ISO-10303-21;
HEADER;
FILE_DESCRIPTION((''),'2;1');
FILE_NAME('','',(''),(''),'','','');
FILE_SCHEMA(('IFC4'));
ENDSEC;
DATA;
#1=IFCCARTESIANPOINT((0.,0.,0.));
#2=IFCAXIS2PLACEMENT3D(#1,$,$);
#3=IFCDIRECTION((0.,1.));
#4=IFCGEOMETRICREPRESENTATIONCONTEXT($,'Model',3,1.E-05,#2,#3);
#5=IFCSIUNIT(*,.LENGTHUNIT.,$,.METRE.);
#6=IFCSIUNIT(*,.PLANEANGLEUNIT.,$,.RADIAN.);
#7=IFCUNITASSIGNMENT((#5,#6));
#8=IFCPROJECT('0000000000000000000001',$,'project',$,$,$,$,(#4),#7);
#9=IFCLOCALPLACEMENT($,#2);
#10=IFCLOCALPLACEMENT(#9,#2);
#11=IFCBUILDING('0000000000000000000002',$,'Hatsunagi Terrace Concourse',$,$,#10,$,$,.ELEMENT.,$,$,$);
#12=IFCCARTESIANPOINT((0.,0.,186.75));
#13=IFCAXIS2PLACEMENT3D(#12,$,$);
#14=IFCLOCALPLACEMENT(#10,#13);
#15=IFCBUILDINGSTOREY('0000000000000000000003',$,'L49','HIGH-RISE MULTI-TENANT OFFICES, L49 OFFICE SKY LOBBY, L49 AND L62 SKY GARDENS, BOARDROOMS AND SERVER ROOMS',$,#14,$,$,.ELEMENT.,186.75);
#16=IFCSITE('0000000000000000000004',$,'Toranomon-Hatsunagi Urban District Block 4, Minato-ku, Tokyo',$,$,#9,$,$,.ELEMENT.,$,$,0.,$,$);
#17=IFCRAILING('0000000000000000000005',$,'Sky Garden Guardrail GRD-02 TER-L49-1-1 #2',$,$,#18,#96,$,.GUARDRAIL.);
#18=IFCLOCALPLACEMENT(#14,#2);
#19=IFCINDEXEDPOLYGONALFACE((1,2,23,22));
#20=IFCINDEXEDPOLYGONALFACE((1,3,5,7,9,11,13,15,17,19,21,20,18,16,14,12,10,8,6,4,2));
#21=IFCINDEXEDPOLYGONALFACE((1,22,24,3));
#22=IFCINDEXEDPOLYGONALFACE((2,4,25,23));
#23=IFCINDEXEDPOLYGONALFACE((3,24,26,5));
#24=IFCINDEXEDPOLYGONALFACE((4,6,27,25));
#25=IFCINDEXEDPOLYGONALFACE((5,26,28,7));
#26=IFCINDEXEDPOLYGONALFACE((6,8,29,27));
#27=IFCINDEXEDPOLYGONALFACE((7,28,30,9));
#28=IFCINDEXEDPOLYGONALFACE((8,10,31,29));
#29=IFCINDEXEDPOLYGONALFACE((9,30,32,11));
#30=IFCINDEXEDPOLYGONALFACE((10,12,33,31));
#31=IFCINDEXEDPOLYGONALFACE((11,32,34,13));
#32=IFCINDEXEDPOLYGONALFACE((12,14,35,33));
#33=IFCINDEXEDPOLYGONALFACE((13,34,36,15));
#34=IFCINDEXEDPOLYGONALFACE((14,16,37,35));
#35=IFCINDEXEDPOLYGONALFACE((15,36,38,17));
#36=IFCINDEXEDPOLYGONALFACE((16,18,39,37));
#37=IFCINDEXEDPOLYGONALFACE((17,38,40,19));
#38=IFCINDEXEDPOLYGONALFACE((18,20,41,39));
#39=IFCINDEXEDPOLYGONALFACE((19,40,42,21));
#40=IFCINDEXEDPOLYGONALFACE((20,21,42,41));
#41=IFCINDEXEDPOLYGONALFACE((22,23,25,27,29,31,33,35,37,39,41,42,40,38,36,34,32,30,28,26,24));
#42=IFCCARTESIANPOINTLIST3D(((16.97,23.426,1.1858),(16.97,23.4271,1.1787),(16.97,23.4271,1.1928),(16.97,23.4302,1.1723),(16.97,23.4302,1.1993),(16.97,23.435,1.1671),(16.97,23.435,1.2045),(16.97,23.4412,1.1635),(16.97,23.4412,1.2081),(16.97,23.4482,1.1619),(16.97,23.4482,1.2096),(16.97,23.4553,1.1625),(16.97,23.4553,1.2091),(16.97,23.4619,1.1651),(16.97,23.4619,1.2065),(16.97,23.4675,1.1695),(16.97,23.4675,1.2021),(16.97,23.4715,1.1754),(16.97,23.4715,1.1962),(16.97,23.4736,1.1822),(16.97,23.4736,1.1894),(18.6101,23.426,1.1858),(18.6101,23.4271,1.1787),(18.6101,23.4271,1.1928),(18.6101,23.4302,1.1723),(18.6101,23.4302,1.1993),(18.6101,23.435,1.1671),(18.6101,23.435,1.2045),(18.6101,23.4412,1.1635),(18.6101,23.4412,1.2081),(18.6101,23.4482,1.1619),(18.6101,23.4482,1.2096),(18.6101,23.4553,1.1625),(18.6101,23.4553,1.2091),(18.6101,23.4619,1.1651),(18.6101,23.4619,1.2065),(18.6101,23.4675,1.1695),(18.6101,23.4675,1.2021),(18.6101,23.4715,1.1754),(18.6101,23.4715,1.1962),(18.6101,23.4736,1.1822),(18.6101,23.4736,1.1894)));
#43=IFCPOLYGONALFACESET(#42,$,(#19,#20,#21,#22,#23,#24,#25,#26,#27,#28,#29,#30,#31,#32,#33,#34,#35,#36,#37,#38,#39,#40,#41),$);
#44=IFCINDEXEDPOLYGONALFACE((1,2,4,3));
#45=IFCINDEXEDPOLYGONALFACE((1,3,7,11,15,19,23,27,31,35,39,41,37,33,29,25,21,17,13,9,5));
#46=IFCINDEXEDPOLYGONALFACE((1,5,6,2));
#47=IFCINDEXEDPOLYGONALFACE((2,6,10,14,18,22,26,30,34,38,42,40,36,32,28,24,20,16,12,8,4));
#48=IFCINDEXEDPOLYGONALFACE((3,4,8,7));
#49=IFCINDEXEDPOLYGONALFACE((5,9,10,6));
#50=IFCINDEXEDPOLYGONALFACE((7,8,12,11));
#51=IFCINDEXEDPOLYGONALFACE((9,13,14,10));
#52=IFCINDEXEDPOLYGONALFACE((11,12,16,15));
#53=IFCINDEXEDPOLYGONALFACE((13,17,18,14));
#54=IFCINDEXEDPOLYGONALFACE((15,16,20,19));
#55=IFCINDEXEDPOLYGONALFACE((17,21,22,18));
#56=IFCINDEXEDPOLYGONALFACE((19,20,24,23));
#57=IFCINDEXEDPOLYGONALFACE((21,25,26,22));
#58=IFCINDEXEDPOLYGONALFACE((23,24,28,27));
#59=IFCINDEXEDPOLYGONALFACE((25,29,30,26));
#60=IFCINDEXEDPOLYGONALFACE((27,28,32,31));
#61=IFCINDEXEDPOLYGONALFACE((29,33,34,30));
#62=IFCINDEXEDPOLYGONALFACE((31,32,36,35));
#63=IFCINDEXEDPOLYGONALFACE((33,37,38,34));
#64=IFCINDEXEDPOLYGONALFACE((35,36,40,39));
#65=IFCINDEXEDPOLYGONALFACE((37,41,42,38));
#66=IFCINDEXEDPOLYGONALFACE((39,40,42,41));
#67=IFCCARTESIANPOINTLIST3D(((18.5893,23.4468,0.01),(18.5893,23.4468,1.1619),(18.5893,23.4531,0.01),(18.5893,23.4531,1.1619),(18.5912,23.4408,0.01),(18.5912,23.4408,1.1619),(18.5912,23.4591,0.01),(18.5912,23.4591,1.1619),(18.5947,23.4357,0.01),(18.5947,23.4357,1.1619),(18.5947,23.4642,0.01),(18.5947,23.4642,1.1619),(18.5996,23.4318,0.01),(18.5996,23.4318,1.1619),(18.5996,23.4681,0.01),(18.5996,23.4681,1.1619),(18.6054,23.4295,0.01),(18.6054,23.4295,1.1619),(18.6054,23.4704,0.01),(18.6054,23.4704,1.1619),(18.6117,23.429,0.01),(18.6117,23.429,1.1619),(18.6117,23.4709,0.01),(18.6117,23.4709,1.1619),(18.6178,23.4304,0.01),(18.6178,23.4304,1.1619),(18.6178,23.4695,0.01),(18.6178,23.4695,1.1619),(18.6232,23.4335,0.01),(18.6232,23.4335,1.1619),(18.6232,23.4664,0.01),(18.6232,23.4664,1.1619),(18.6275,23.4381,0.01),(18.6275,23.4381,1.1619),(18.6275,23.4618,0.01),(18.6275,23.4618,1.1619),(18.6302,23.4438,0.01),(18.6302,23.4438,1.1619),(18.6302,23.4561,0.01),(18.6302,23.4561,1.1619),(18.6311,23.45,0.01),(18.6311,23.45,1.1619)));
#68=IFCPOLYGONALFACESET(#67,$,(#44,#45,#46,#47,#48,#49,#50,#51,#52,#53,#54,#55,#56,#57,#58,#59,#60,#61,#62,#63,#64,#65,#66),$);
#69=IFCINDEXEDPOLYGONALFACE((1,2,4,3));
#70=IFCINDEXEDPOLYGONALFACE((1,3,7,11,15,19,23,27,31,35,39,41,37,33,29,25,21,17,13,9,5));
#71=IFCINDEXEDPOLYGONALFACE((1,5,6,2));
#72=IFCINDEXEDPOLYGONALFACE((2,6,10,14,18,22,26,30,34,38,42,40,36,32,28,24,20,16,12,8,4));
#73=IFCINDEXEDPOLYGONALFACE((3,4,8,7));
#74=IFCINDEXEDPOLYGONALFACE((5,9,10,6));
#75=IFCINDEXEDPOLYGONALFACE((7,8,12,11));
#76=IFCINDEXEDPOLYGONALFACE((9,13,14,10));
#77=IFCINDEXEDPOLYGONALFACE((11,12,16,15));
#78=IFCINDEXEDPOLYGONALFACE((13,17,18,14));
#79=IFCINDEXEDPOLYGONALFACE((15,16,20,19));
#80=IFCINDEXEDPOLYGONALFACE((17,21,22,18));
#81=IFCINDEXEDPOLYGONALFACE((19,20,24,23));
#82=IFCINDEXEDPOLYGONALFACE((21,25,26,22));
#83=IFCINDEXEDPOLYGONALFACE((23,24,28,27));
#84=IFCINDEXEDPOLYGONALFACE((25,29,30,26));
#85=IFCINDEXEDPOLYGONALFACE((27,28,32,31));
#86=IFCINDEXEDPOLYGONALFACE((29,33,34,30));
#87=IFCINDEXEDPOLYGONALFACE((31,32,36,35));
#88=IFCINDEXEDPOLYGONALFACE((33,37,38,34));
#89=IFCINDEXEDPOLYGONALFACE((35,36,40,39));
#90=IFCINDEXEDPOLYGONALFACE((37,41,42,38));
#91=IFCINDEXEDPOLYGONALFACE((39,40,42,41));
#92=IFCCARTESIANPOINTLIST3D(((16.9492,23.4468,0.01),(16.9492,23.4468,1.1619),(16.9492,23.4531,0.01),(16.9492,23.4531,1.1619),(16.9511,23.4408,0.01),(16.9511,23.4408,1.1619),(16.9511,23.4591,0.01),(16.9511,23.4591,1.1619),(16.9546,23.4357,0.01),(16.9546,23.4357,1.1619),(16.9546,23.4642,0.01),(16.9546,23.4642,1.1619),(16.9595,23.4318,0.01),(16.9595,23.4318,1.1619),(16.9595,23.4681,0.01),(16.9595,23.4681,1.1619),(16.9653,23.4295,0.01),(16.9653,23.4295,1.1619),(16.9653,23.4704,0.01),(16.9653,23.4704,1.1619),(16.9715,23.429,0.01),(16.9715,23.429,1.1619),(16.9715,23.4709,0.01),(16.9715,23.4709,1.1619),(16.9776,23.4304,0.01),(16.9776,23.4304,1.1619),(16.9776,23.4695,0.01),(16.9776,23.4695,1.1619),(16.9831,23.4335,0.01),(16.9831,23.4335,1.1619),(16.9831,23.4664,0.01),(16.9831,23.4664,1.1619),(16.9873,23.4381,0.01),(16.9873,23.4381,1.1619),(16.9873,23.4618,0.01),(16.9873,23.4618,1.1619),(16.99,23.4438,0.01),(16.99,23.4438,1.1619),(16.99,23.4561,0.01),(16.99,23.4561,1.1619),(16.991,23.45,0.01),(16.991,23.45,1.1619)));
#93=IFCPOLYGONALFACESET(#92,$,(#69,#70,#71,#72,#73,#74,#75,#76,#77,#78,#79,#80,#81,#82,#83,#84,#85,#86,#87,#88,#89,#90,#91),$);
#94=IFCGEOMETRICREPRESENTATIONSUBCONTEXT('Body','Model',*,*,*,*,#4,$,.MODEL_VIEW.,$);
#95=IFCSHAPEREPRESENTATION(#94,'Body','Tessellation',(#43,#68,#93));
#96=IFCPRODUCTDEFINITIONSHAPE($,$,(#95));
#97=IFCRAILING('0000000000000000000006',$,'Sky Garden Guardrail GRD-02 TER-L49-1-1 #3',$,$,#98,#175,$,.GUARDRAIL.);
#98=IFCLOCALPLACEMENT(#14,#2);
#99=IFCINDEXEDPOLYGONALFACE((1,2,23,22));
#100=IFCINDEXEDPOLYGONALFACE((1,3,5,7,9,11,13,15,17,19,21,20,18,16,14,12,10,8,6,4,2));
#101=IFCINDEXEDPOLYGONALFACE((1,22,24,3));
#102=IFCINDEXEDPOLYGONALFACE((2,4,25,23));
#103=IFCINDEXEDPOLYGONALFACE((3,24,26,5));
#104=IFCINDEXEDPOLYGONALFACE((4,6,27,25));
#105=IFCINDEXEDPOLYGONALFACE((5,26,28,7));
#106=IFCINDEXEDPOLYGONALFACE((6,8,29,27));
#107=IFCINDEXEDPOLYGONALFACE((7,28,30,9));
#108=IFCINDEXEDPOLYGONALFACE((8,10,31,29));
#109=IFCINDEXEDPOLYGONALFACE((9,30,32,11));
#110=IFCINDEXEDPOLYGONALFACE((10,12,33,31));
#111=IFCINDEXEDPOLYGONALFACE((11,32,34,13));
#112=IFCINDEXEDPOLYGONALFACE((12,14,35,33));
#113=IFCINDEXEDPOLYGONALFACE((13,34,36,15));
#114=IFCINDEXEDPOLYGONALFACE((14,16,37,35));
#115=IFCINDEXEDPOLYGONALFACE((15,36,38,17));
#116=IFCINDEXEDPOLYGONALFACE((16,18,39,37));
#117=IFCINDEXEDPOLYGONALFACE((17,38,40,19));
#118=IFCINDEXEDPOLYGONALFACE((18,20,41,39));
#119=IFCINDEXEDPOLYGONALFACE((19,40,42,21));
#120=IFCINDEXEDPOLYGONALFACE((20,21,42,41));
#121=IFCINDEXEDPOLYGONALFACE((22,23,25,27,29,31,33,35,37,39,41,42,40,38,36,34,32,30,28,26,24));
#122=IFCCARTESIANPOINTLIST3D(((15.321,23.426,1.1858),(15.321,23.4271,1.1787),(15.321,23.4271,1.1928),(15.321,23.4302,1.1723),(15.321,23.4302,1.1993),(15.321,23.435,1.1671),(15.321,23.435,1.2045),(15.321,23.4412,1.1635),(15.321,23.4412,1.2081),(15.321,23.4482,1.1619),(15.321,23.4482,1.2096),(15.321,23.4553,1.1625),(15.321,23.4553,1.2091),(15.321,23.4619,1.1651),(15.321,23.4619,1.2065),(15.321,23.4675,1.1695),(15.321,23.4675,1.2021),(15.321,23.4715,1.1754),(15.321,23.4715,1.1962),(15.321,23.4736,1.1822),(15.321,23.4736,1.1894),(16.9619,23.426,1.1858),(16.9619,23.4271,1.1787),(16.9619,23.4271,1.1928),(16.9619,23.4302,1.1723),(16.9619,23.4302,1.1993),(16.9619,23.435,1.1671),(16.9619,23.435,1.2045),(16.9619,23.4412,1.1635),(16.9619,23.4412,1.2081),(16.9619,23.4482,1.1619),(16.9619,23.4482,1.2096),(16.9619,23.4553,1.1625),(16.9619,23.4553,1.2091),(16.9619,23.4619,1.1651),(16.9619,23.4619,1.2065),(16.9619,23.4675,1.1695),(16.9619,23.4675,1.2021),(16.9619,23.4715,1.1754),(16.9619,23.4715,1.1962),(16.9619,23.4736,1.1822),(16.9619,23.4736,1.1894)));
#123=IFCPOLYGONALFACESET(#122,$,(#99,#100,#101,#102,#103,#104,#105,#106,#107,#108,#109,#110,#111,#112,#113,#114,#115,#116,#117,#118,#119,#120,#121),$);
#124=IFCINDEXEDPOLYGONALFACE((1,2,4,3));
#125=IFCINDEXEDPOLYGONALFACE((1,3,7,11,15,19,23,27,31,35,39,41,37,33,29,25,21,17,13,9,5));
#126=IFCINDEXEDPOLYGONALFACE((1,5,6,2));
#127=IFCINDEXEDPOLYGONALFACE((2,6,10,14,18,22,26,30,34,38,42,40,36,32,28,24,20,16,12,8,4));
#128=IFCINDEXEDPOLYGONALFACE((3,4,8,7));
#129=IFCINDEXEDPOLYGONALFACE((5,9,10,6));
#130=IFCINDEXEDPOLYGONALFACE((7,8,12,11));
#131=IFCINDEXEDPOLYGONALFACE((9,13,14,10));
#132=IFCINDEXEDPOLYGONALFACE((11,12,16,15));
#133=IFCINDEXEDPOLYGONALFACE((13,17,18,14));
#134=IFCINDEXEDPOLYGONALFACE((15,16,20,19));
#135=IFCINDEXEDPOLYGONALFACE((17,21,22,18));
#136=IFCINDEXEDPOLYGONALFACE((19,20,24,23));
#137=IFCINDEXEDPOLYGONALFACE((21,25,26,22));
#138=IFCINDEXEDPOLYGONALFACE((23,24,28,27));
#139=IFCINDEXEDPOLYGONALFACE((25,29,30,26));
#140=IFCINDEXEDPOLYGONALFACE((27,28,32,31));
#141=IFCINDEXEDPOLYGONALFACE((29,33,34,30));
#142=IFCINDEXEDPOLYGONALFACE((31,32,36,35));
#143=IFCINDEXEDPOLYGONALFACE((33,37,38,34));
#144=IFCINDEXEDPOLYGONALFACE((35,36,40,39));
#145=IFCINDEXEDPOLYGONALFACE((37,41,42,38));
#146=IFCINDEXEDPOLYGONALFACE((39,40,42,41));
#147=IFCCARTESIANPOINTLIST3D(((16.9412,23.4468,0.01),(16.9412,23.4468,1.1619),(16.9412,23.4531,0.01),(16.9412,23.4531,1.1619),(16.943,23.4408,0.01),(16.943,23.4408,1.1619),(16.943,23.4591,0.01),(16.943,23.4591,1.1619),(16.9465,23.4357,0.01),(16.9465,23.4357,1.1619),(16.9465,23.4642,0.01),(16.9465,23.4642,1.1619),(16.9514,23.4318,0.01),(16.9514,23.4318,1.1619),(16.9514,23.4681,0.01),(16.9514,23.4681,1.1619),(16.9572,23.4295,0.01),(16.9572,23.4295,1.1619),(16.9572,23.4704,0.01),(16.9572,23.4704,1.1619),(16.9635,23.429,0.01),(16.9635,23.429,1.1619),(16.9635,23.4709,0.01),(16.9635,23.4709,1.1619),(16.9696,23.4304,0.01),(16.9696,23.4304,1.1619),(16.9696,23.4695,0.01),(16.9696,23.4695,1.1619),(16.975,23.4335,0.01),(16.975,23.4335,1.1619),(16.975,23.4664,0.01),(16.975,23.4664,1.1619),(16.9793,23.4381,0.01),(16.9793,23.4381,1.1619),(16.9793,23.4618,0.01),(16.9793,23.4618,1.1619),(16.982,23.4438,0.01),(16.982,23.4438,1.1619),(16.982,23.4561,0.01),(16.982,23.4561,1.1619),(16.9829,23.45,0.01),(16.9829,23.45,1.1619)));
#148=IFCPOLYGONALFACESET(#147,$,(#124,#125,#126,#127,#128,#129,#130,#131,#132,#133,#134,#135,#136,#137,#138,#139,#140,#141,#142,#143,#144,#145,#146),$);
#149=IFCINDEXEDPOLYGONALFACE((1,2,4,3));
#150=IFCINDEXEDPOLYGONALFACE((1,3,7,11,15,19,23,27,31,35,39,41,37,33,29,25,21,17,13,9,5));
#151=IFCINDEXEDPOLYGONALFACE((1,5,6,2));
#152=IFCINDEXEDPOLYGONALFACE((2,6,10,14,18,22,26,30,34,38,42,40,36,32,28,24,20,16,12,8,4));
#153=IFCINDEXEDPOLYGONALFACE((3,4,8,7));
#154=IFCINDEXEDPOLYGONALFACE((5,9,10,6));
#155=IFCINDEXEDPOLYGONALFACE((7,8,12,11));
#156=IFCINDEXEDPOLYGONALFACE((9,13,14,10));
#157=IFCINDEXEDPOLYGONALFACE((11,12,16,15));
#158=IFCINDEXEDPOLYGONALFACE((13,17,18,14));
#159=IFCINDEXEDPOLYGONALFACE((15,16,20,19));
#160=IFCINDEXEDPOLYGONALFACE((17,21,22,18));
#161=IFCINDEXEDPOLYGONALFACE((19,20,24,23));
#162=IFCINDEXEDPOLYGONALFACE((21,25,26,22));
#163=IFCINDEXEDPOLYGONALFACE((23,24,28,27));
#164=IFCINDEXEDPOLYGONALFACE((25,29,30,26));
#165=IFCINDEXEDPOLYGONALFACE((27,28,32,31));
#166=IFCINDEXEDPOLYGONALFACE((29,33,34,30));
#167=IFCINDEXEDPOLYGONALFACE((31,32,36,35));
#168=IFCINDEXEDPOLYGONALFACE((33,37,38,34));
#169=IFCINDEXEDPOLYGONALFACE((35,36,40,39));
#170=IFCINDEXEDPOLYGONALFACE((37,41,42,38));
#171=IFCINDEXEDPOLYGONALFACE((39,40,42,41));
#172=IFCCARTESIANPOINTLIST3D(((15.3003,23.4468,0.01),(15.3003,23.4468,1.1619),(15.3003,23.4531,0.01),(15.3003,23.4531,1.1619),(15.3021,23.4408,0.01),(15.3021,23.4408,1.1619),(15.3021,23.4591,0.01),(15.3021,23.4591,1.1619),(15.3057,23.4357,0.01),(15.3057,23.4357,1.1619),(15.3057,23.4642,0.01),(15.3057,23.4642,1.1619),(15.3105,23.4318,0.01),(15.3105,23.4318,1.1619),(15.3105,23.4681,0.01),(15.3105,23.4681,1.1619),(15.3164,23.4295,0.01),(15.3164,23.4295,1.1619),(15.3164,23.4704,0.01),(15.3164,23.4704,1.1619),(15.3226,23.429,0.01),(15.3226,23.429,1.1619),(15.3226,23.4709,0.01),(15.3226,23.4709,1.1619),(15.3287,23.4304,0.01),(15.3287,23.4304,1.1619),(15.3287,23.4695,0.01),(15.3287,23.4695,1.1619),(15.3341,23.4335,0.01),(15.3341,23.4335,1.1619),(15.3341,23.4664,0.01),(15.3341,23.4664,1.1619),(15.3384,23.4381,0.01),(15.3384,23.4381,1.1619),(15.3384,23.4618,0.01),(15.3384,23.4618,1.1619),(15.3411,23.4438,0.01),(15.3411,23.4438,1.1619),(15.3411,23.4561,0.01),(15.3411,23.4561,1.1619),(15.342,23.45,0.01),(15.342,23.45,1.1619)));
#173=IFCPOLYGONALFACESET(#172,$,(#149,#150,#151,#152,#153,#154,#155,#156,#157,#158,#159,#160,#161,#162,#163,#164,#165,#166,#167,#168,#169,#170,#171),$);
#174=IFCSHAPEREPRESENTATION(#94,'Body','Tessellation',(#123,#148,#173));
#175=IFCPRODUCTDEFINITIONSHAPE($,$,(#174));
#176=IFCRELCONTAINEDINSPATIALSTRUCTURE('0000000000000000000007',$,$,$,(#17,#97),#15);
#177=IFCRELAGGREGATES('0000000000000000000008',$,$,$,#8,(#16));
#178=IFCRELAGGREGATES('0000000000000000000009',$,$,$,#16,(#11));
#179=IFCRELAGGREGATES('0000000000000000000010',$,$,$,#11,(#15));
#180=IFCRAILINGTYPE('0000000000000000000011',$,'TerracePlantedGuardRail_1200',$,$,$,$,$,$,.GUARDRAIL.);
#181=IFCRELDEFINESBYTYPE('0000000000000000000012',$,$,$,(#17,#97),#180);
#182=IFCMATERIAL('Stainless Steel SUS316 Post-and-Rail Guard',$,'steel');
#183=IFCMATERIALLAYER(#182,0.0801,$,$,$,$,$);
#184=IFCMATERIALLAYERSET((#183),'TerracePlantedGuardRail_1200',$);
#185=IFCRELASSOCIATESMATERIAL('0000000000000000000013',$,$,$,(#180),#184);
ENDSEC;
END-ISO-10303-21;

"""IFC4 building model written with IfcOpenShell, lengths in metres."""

from ifc_helpers import new_model, si_unit, direction, frame, origin, origin_2d, place, context, subcontext, project, spatial, circle, extrude, material, layer, layer_set, type_object, element, save


model = new_model("IFC4")

# Units and contexts
model_context = context("Model", 3, precision=1e-05, world=origin(), true_north=direction((0.0, 1.0)))
body_context = subcontext(model_context, "Body", "Model", "MODEL_VIEW")
ifc_project = project(units=[si_unit("LENGTHUNIT", "METRE"), si_unit("PLANEANGLEUNIT", "RADIAN")], contexts=[model_context])

# Site, building, storey
site_placement = place(None, origin())
site = spatial("IfcSite", under=ifc_project, at=site_placement, Name="Toranomon-Hatsunagi Urban District Block 4, Minato-ku, Tokyo", CompositionType="ELEMENT", RefElevation=0.0)
building_placement = place(site_placement, origin())
building = spatial("IfcBuilding", under=site, at=building_placement, Name="Hatsunagi Terrace Concourse", CompositionType="ELEMENT")
storey_placement = place(building_placement, frame((0.0, 0.0, 186.75)))
storey = spatial("IfcBuildingStorey", under=building, at=storey_placement, Name="L49", Description="HIGH-RISE MULTI-TENANT OFFICES, L49 OFFICE SKY LOBBY, L49 AND L62 SKY GARDENS, BOARDROOMS AND SERVER ROOMS", CompositionType="ELEMENT", Elevation=186.75)

# Railings
ifc_material_1 = material(Name="Stainless Steel SUS316 Post-and-Rail Guard", Category="steel")
ifc_layer_1 = layer(ifc_material_1, 0.0801)
ifc_layer_set_1 = layer_set([ifc_layer_1], Name="TerracePlantedGuardRail_1200")
railing_type_1 = type_object("IfcRailingType", Name="TerracePlantedGuardRail_1200", PredefinedType="GUARDRAIL", material=ifc_layer_set_1)
railing_1_placement = place(storey_placement, frame((18.6101, 23.45, 0.01)))
element("IfcRailing", 1, at=railing_1_placement, inside=storey, type_object=railing_type_1, Name="Sky Garden Guardrail GRD-02 TER-L49-1-1 #2", PredefinedType="GUARDRAIL", context=body_context, shape_type="SweptSolid", body=[
    extrude(circle(Radius=0.0239, at=origin_2d()), frame((0.0, 0.0, 1.1758), z_axis=(-1.0, 0.0, 0.0), x_axis=(0.0, -1.0, 0.0)), (0.0, 0.0, 1.0), 1.6401),
    extrude(circle(Radius=0.021, at=origin_2d()), origin(), (0.0, 0.0, 1.0), 1.1519),
    extrude(circle(Radius=0.021, at=origin_2d()), frame((-1.6401, 0.0, 0.0)), (0.0, 0.0, 1.0), 1.1519),
])
railing_2_placement = place(storey_placement, frame((16.9619, 23.45, 0.01)))
element("IfcRailing", 2, at=railing_2_placement, inside=storey, type_object=railing_type_1, Name="Sky Garden Guardrail GRD-02 TER-L49-1-1 #3", PredefinedType="GUARDRAIL", context=body_context, shape_type="SweptSolid", body=[
    extrude(circle(Radius=0.0239, at=origin_2d()), frame((0.0, 0.0, 1.1758), z_axis=(-1.0, 0.0, 0.0), x_axis=(0.0, -1.0, 0.0)), (0.0, 0.0, 1.0), 1.6409),
    extrude(circle(Radius=0.021, at=origin_2d()), origin(), (0.0, 0.0, 1.0), 1.1519),
    extrude(circle(Radius=0.021, at=origin_2d()), frame((-1.6409, 0.0, 0.0)), (0.0, 0.0, 1.0), 1.1519),
])

save(model, "model.ifc")
